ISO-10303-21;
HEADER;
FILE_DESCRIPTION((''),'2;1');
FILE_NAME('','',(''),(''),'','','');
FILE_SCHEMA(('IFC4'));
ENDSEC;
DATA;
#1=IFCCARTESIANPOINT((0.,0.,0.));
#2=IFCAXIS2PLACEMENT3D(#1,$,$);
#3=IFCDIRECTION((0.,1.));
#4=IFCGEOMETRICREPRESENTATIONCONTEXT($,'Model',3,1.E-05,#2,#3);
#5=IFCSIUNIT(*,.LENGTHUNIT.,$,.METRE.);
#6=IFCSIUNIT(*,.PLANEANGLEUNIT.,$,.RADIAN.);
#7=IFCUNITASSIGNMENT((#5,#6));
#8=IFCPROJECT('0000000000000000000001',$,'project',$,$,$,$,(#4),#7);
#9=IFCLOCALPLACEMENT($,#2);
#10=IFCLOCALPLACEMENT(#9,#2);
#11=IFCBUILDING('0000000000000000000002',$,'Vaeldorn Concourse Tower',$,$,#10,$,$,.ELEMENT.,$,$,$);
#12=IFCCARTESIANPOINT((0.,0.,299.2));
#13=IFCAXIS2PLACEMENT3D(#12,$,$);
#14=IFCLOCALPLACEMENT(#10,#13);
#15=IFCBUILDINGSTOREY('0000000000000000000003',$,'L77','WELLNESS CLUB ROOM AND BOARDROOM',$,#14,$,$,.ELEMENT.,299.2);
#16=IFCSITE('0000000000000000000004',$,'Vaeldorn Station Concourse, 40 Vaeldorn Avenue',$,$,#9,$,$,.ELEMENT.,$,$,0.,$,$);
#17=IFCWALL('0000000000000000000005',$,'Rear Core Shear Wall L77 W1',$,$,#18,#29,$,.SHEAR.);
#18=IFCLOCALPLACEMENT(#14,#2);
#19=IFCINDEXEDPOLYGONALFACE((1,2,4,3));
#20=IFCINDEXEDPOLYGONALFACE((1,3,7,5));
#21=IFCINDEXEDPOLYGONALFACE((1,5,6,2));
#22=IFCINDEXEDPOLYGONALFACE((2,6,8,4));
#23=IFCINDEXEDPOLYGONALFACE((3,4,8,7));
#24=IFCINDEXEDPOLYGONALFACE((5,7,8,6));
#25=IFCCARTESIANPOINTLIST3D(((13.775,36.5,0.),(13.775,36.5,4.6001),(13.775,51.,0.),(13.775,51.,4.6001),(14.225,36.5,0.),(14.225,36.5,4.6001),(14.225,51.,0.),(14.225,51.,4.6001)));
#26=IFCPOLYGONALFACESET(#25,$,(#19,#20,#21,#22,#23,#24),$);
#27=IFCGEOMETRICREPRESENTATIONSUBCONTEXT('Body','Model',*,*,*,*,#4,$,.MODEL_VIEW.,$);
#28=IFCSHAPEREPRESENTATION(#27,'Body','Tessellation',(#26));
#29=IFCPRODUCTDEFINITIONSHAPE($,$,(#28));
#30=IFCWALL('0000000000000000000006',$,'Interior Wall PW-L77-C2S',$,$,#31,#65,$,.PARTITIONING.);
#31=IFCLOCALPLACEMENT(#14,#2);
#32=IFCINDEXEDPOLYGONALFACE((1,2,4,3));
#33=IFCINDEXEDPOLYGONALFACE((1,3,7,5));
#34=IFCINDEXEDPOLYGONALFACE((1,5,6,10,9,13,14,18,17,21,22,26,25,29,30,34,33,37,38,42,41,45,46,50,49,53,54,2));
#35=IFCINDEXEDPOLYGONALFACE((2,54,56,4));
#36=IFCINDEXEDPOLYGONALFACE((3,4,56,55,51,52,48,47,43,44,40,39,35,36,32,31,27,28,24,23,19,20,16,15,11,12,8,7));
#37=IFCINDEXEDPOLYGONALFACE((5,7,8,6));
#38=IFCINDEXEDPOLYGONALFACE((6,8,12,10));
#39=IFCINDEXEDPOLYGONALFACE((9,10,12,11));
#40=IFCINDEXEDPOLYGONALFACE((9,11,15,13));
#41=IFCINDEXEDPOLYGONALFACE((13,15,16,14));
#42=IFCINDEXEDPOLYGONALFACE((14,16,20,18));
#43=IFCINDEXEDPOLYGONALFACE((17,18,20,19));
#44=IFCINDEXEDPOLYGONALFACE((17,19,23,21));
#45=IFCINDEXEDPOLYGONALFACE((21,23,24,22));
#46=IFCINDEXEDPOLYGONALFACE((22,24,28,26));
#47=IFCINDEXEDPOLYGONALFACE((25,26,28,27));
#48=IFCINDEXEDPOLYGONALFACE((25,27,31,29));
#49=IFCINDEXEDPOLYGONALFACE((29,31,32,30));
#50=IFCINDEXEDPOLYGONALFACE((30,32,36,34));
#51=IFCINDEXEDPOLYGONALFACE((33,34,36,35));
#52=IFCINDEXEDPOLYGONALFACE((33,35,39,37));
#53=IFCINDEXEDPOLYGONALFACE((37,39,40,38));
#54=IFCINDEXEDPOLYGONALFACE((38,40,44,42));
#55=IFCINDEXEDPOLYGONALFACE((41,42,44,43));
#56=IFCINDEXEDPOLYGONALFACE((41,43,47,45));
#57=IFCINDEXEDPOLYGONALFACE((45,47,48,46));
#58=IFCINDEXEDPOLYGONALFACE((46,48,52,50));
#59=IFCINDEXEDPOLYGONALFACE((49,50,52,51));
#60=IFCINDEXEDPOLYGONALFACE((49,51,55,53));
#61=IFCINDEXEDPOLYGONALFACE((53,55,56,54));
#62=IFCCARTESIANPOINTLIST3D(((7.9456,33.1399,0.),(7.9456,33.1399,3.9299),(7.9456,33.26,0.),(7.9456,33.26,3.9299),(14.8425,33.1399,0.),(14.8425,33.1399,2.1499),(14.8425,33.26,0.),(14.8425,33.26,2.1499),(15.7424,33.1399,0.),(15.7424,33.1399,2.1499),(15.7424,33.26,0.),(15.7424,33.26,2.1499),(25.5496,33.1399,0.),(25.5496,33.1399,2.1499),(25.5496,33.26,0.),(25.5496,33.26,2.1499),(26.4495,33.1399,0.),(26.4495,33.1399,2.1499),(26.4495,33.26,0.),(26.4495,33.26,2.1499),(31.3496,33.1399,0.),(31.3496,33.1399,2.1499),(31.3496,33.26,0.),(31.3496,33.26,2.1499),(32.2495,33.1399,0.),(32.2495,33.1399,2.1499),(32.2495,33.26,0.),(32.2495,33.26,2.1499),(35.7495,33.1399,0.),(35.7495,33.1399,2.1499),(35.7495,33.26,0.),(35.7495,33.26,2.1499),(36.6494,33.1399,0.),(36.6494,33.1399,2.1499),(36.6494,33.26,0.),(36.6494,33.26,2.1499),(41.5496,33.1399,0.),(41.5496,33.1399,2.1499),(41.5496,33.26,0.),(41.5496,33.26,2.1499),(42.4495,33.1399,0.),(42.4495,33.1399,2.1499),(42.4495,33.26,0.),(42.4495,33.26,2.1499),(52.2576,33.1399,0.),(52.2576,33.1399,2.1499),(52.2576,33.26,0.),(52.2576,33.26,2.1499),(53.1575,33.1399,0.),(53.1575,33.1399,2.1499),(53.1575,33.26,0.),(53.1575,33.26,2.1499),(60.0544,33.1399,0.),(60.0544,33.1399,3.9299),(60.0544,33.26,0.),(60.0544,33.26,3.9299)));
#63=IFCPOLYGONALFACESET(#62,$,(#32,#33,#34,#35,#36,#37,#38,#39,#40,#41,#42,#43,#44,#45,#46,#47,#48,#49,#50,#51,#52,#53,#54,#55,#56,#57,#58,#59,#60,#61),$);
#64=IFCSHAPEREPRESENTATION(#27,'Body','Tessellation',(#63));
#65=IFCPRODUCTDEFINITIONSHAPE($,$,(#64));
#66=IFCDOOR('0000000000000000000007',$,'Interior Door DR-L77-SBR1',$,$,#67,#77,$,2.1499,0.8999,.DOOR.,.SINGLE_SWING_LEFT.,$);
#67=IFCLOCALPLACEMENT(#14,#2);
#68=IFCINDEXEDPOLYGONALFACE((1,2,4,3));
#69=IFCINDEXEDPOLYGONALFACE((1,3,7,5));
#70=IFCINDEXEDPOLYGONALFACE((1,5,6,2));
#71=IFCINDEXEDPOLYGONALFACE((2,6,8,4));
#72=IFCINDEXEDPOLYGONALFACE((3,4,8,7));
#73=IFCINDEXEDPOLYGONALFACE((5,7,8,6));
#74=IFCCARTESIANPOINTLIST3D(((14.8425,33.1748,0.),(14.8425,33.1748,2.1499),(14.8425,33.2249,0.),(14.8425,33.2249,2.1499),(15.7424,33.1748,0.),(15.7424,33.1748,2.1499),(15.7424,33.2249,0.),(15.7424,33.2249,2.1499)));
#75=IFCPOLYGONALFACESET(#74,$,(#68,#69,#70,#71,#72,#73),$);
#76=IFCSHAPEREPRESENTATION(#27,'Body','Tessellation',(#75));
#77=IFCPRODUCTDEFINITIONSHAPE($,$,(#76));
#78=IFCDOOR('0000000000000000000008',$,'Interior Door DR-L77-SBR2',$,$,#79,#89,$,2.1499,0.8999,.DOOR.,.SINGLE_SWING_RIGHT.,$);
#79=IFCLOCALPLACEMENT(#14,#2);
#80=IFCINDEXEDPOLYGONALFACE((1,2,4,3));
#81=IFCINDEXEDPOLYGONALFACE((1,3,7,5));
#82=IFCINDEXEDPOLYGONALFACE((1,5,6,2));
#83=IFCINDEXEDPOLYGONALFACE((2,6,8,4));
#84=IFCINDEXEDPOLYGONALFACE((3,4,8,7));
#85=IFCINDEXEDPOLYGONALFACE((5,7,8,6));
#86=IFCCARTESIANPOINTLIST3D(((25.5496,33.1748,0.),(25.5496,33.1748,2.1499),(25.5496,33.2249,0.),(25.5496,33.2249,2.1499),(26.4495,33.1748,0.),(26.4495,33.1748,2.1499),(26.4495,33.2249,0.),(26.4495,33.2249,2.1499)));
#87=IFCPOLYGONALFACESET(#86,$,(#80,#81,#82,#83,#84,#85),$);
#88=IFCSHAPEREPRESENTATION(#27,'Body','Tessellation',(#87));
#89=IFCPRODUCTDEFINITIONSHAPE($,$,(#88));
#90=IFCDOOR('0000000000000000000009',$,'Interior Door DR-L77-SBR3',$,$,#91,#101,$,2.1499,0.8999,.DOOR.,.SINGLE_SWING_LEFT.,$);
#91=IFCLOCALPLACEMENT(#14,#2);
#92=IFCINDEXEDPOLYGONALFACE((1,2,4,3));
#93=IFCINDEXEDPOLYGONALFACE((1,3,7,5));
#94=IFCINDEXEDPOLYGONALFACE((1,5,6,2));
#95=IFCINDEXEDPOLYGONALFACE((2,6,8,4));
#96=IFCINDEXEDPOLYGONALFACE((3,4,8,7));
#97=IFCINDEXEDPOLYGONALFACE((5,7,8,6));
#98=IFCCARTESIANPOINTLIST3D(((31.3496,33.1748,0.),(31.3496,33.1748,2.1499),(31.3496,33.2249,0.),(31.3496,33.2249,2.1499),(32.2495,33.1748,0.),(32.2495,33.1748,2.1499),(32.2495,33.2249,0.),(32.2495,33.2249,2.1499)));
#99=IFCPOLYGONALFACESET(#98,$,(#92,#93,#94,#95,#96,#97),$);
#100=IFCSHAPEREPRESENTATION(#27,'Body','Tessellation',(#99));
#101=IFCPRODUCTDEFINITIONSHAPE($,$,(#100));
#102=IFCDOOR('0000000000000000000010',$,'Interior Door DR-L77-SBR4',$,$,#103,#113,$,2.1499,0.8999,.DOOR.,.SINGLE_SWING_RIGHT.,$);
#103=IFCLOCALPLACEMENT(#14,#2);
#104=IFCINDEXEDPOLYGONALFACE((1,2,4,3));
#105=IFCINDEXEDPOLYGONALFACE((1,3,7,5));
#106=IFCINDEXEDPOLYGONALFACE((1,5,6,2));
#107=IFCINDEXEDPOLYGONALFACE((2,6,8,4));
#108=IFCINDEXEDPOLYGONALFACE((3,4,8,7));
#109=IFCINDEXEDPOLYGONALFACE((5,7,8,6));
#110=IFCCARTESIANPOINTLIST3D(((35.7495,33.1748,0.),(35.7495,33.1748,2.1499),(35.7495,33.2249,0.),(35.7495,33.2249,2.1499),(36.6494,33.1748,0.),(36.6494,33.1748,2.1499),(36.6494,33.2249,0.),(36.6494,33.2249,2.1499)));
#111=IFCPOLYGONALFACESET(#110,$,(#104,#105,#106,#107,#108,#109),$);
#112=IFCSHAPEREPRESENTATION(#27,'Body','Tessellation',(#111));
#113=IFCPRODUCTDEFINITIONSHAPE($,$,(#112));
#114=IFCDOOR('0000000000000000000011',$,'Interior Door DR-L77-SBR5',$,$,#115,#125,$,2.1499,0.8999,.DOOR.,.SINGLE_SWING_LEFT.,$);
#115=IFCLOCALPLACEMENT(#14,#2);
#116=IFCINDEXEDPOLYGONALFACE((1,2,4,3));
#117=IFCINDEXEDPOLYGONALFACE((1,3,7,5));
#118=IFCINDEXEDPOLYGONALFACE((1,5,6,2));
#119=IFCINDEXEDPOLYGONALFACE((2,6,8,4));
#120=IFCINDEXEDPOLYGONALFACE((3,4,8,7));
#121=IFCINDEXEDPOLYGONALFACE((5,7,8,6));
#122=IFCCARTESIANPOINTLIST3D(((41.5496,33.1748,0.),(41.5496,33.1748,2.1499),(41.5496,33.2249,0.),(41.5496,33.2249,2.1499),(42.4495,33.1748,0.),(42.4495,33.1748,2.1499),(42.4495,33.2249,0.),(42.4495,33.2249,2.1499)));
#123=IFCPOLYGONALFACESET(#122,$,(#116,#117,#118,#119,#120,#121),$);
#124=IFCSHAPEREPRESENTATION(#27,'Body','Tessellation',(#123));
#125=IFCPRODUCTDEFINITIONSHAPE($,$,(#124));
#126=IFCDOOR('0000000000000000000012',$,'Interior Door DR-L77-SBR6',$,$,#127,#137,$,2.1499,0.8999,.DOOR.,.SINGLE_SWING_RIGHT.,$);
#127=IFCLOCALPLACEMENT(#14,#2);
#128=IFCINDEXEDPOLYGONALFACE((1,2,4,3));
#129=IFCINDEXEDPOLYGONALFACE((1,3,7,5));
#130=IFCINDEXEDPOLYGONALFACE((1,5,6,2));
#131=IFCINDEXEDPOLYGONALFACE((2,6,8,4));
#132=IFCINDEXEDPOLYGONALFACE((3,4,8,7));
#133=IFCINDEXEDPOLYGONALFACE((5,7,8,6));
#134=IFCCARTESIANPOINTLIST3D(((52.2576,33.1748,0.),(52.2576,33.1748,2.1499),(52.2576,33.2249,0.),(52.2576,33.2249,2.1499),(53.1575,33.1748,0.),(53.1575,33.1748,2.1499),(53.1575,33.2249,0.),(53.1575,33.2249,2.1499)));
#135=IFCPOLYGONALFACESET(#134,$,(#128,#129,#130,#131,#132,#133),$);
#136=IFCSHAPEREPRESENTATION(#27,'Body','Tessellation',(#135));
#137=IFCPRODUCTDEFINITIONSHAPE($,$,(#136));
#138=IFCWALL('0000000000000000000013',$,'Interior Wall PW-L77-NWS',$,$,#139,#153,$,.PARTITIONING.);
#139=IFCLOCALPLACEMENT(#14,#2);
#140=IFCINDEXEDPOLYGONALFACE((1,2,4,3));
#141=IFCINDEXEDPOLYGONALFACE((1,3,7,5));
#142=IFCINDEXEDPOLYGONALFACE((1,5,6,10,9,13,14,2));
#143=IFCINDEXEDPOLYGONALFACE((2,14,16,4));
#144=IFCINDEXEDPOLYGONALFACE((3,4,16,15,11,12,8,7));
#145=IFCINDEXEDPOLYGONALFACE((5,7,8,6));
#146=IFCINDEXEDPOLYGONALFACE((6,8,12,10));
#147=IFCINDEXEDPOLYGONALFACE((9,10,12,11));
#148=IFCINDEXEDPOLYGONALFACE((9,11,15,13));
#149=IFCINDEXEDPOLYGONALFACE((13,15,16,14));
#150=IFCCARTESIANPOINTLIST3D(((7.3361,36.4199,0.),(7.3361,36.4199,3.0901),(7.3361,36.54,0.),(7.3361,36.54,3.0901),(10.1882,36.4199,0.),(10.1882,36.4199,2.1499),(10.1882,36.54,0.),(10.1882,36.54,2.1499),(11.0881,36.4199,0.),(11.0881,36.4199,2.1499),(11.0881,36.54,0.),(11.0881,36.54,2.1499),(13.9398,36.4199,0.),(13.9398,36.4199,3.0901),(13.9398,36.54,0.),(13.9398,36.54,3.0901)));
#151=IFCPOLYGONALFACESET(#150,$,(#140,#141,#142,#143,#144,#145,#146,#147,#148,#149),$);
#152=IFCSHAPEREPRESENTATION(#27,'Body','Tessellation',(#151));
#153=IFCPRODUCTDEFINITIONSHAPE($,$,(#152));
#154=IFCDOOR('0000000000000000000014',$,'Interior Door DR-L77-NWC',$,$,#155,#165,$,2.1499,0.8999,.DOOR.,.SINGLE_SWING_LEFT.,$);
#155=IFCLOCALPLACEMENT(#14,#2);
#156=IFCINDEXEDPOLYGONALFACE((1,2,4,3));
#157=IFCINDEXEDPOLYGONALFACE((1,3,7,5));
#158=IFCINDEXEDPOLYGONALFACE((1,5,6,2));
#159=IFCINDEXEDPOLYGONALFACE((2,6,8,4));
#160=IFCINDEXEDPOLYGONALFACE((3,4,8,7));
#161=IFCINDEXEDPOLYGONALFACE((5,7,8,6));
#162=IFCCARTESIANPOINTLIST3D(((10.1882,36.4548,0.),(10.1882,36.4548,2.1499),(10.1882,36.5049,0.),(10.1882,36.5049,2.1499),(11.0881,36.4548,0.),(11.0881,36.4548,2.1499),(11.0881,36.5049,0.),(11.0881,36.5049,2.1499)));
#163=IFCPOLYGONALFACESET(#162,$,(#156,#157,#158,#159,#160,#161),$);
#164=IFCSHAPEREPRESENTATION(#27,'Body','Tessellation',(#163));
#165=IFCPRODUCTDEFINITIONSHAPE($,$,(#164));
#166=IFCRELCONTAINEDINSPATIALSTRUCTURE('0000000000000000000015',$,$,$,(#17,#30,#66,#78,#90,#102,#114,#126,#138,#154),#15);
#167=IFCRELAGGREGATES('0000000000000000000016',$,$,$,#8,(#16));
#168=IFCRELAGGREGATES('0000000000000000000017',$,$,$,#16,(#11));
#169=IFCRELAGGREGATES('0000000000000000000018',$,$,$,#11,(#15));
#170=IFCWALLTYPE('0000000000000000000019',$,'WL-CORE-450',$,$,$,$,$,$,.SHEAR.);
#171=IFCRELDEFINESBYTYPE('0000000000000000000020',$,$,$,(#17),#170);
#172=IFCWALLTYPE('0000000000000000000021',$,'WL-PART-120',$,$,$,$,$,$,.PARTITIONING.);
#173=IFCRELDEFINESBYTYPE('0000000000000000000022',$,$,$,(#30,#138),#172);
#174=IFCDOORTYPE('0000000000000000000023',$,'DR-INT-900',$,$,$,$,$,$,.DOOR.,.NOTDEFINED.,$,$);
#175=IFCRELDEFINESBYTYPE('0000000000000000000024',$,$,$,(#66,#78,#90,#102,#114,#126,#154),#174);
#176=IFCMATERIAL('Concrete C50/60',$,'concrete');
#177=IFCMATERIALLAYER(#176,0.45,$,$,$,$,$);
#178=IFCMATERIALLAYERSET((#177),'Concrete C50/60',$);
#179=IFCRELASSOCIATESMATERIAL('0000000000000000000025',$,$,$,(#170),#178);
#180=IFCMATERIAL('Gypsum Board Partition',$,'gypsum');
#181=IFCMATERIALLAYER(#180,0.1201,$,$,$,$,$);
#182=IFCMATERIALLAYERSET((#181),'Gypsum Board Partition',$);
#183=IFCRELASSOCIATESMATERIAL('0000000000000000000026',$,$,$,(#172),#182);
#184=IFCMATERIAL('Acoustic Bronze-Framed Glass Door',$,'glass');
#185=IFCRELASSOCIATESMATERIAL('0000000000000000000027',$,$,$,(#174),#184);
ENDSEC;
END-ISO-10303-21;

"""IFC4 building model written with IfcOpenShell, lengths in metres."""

from ifc_helpers import new_model, si_unit, direction, frame, frame_2d, origin, place, context, subcontext, project, spatial, rectangle, extrude, source, transform, mapped, material, layer, layer_set, type_object, element, fill, save


model = new_model("IFC4")

# Units and contexts
model_context = context("Model", 3, precision=1e-05, world=origin(), true_north=direction((0.0, 1.0)))
body_context = subcontext(model_context, "Body", "Model", "MODEL_VIEW")
ifc_project = project(units=[si_unit("LENGTHUNIT", "METRE"), si_unit("PLANEANGLEUNIT", "RADIAN")], contexts=[model_context])

# Site, building, storey
site_placement = place(None, origin())
site = spatial("IfcSite", under=ifc_project, at=site_placement, Name="Vaeldorn Station Concourse, 40 Vaeldorn Avenue", CompositionType="ELEMENT", RefElevation=0.0)
building_placement = place(site_placement, origin())
building = spatial("IfcBuilding", under=site, at=building_placement, Name="Vaeldorn Concourse Tower", CompositionType="ELEMENT")
storey_placement = place(building_placement, frame((0.0, 0.0, 299.2)))
storey = spatial("IfcBuildingStorey", under=building, at=storey_placement, Name="L77", Description="WELLNESS CLUB ROOM AND BOARDROOM", CompositionType="ELEMENT", Elevation=299.2)

# Shared definitions
ifc_material_1 = material(Name="Concrete C50/60", Category="concrete")

# Wall
ifc_layer_1 = layer(ifc_material_1, 0.45)
ifc_layer_set_1 = layer_set([ifc_layer_1], Name="Concrete C50/60")
wall_type_1 = type_object("IfcWallType", Name="WL-CORE-450", PredefinedType="SHEAR", material=ifc_layer_set_1)
wall_1_placement = place(storey_placement, frame((14.0, 36.5, 0.0), z_axis=(0.0, 0.0, 1.0), x_axis=(0.0, 1.0, 0.0)))
element("IfcWall", 1, at=wall_1_placement, inside=storey, type_object=wall_type_1, Name="Rear Core Shear Wall L77 W1", PredefinedType="SHEAR", context=body_context, shape_type="SweptSolid", body=[
    extrude(rectangle(XDim=14.5, YDim=0.45, at=frame_2d((7.25, 0.0))), origin(), (0.0, 0.0, 1.0), 4.6001),
])

# Wall, openings, doors
ifc_material_2 = material(Name="Gypsum Board Partition", Category="gypsum")
ifc_layer_2 = layer(ifc_material_2, 0.1201)
ifc_layer_set_2 = layer_set([ifc_layer_2], Name="Gypsum Board Partition")
wall_type_2 = type_object("IfcWallType", Name="WL-PART-120", PredefinedType="PARTITIONING", material=ifc_layer_set_2)
wall_2_placement = place(storey_placement, frame((7.9456, 33.2, 0.0), z_axis=(0.0, 0.0, 1.0), x_axis=(1.0, 0.0, 0.0)))
wall_2 = element("IfcWall", 2, at=wall_2_placement, inside=storey, type_object=wall_type_2, Name="Interior Wall PW-L77-C2S", PredefinedType="PARTITIONING", context=body_context, shape_type="SweptSolid", body=[
    extrude(rectangle(XDim=52.1089, YDim=0.1201, at=frame_2d((26.0544, 0.0))), origin(), (0.0, 0.0, 1.0), 3.9299),
])
opening_1_placement = place(wall_2_placement, frame((6.897, 0.0, 0.0)))
opening_1 = element("IfcOpeningElement", 3, at=opening_1_placement, cuts=wall_2, PredefinedType="OPENING", context=body_context, shape_type="SweptSolid", body=[
    extrude(rectangle(XDim=0.8999, YDim=2.1499, at=frame_2d((0.45, 1.075))), frame((0.0, 0.0701, 0.0), z_axis=(0.0, -1.0, 0.0), x_axis=(1.0, 0.0, 0.0)), (0.0, 0.0, 1.0), 0.1401),
])
opening_2_placement = place(wall_2_placement, frame((17.604, 0.0, 0.0)))
opening_2 = element("IfcOpeningElement", 4, at=opening_2_placement, cuts=wall_2, PredefinedType="OPENING", context=body_context, shape_type="SweptSolid", body=[
    extrude(rectangle(XDim=0.8999, YDim=2.1499, at=frame_2d((0.45, 1.075))), frame((0.0, 0.0701, 0.0), z_axis=(0.0, -1.0, 0.0), x_axis=(1.0, 0.0, 0.0)), (0.0, 0.0, 1.0), 0.1401),
])
opening_3_placement = place(wall_2_placement, frame((23.4041, 0.0, 0.0)))
opening_3 = element("IfcOpeningElement", 5, at=opening_3_placement, cuts=wall_2, PredefinedType="OPENING", context=body_context, shape_type="SweptSolid", body=[
    extrude(rectangle(XDim=0.8999, YDim=2.1499, at=frame_2d((0.45, 1.075))), frame((0.0, 0.0701, 0.0), z_axis=(0.0, -1.0, 0.0), x_axis=(1.0, 0.0, 0.0)), (0.0, 0.0, 1.0), 0.1401),
])
opening_4_placement = place(wall_2_placement, frame((27.804, 0.0, 0.0)))
opening_4 = element("IfcOpeningElement", 6, at=opening_4_placement, cuts=wall_2, PredefinedType="OPENING", context=body_context, shape_type="SweptSolid", body=[
    extrude(rectangle(XDim=0.8999, YDim=2.1499, at=frame_2d((0.45, 1.075))), frame((0.0, 0.0701, 0.0), z_axis=(0.0, -1.0, 0.0), x_axis=(1.0, 0.0, 0.0)), (0.0, 0.0, 1.0), 0.1401),
])
opening_5_placement = place(wall_2_placement, frame((33.604, 0.0, 0.0)))
opening_5 = element("IfcOpeningElement", 7, at=opening_5_placement, cuts=wall_2, PredefinedType="OPENING", context=body_context, shape_type="SweptSolid", body=[
    extrude(rectangle(XDim=0.8999, YDim=2.1499, at=frame_2d((0.45, 1.075))), frame((0.0, 0.0701, 0.0), z_axis=(0.0, -1.0, 0.0), x_axis=(1.0, 0.0, 0.0)), (0.0, 0.0, 1.0), 0.1401),
])
opening_6_placement = place(wall_2_placement, frame((44.312, 0.0, 0.0)))
opening_6 = element("IfcOpeningElement", 8, at=opening_6_placement, cuts=wall_2, PredefinedType="OPENING", context=body_context, shape_type="SweptSolid", body=[
    extrude(rectangle(XDim=0.8999, YDim=2.1499, at=frame_2d((0.45, 1.075))), frame((0.0, 0.0701, 0.0), z_axis=(0.0, -1.0, 0.0), x_axis=(1.0, 0.0, 0.0)), (0.0, 0.0, 1.0), 0.1401),
])
ifc_material_3 = material(Name="Acoustic Bronze-Framed Glass Door", Category="glass")
door_type = type_object("IfcDoorType", Name="DR-INT-900", OperationType="NOTDEFINED", PredefinedType="DOOR", material=ifc_material_3)
shared_shape_1 = source(origin(), body_context, "Body", "SweptSolid", [
    extrude(rectangle(XDim=0.8999, YDim=2.1499, at=frame_2d((0.45, 1.075))), frame((0.0, 0.0249, 0.0), z_axis=(0.0, -1.0, 0.0), x_axis=(1.0, 0.0, 0.0)), (0.0, 0.0, 1.0), 0.05),
])
door_1_placement = place(opening_1_placement, origin())
door_1 = element("IfcDoor", 9, at=door_1_placement, inside=storey, type_object=door_type, Name="Interior Door DR-L77-SBR1", OperationType="SINGLE_SWING_LEFT", OverallHeight=2.1499, OverallWidth=0.8999, PredefinedType="DOOR", context=body_context, shape_type="MappedRepresentation", body=[
    mapped(shared_shape_1, transform((0.0, 0.0, 0.0), scale=1.0)),
])
fill(opening_1, door_1)
door_2_placement = place(opening_2_placement, origin())
door_2 = element("IfcDoor", 10, at=door_2_placement, inside=storey, type_object=door_type, Name="Interior Door DR-L77-SBR2", OperationType="SINGLE_SWING_RIGHT", OverallHeight=2.1499, OverallWidth=0.8999, PredefinedType="DOOR", context=body_context, shape_type="MappedRepresentation", body=[
    mapped(shared_shape_1, transform((0.0, 0.0, 0.0), scale=1.0)),
])
fill(opening_2, door_2)
door_3_placement = place(opening_3_placement, origin())
door_3 = element("IfcDoor", 11, at=door_3_placement, inside=storey, type_object=door_type, Name="Interior Door DR-L77-SBR3", OperationType="SINGLE_SWING_LEFT", OverallHeight=2.1499, OverallWidth=0.8999, PredefinedType="DOOR", context=body_context, shape_type="MappedRepresentation", body=[
    mapped(shared_shape_1, transform((0.0, 0.0, 0.0), scale=1.0)),
])
fill(opening_3, door_3)
door_4_placement = place(opening_4_placement, origin())
door_4 = element("IfcDoor", 12, at=door_4_placement, inside=storey, type_object=door_type, Name="Interior Door DR-L77-SBR4", OperationType="SINGLE_SWING_RIGHT", OverallHeight=2.1499, OverallWidth=0.8999, PredefinedType="DOOR", context=body_context, shape_type="MappedRepresentation", body=[
    mapped(shared_shape_1, transform((0.0, 0.0, 0.0), scale=1.0)),
])
fill(opening_4, door_4)
door_5_placement = place(opening_5_placement, origin())
door_5 = element("IfcDoor", 13, at=door_5_placement, inside=storey, type_object=door_type, Name="Interior Door DR-L77-SBR5", OperationType="SINGLE_SWING_LEFT", OverallHeight=2.1499, OverallWidth=0.8999, PredefinedType="DOOR", context=body_context, shape_type="MappedRepresentation", body=[
    mapped(shared_shape_1, transform((0.0, 0.0, 0.0), scale=1.0)),
])
fill(opening_5, door_5)
door_6_placement = place(opening_6_placement, origin())
door_6 = element("IfcDoor", 14, at=door_6_placement, inside=storey, type_object=door_type, Name="Interior Door DR-L77-SBR6", OperationType="SINGLE_SWING_RIGHT", OverallHeight=2.1499, OverallWidth=0.8999, PredefinedType="DOOR", context=body_context, shape_type="MappedRepresentation", body=[
    mapped(shared_shape_1, transform((0.0, 0.0, 0.0), scale=1.0)),
])
fill(opening_6, door_6)

# Wall, opening, door
wall_3_placement = place(storey_placement, frame((7.3362, 36.48, 0.0), z_axis=(0.0, 0.0, 1.0), x_axis=(1.0, 0.0, 0.0)))
wall_3 = element("IfcWall", 15, at=wall_3_placement, inside=storey, type_object=wall_type_2, Name="Interior Wall PW-L77-NWS", PredefinedType="PARTITIONING", context=body_context, shape_type="SweptSolid", body=[
    extrude(rectangle(XDim=6.6038, YDim=0.1201, at=frame_2d((3.3018, 0.0))), origin(), (0.0, 0.0, 1.0), 3.0901),
])
opening_7_placement = place(wall_3_placement, frame((2.8521, 0.0, 0.0)))
opening_7 = element("IfcOpeningElement", 16, at=opening_7_placement, cuts=wall_3, PredefinedType="OPENING", context=body_context, shape_type="SweptSolid", body=[
    extrude(rectangle(XDim=0.8999, YDim=2.1499, at=frame_2d((0.45, 1.075))), frame((0.0, 0.0701, 0.0), z_axis=(0.0, -1.0, 0.0), x_axis=(1.0, 0.0, 0.0)), (0.0, 0.0, 1.0), 0.1401),
])
door_7_placement = place(opening_7_placement, origin())
door_7 = element("IfcDoor", 17, at=door_7_placement, inside=storey, type_object=door_type, Name="Interior Door DR-L77-NWC", OperationType="SINGLE_SWING_LEFT", OverallHeight=2.1499, OverallWidth=0.8999, PredefinedType="DOOR", context=body_context, shape_type="MappedRepresentation", body=[
    mapped(shared_shape_1, transform((0.0, 0.0, 0.0), scale=1.0)),
])
fill(opening_7, door_7)

save(model, "model.ifc")
